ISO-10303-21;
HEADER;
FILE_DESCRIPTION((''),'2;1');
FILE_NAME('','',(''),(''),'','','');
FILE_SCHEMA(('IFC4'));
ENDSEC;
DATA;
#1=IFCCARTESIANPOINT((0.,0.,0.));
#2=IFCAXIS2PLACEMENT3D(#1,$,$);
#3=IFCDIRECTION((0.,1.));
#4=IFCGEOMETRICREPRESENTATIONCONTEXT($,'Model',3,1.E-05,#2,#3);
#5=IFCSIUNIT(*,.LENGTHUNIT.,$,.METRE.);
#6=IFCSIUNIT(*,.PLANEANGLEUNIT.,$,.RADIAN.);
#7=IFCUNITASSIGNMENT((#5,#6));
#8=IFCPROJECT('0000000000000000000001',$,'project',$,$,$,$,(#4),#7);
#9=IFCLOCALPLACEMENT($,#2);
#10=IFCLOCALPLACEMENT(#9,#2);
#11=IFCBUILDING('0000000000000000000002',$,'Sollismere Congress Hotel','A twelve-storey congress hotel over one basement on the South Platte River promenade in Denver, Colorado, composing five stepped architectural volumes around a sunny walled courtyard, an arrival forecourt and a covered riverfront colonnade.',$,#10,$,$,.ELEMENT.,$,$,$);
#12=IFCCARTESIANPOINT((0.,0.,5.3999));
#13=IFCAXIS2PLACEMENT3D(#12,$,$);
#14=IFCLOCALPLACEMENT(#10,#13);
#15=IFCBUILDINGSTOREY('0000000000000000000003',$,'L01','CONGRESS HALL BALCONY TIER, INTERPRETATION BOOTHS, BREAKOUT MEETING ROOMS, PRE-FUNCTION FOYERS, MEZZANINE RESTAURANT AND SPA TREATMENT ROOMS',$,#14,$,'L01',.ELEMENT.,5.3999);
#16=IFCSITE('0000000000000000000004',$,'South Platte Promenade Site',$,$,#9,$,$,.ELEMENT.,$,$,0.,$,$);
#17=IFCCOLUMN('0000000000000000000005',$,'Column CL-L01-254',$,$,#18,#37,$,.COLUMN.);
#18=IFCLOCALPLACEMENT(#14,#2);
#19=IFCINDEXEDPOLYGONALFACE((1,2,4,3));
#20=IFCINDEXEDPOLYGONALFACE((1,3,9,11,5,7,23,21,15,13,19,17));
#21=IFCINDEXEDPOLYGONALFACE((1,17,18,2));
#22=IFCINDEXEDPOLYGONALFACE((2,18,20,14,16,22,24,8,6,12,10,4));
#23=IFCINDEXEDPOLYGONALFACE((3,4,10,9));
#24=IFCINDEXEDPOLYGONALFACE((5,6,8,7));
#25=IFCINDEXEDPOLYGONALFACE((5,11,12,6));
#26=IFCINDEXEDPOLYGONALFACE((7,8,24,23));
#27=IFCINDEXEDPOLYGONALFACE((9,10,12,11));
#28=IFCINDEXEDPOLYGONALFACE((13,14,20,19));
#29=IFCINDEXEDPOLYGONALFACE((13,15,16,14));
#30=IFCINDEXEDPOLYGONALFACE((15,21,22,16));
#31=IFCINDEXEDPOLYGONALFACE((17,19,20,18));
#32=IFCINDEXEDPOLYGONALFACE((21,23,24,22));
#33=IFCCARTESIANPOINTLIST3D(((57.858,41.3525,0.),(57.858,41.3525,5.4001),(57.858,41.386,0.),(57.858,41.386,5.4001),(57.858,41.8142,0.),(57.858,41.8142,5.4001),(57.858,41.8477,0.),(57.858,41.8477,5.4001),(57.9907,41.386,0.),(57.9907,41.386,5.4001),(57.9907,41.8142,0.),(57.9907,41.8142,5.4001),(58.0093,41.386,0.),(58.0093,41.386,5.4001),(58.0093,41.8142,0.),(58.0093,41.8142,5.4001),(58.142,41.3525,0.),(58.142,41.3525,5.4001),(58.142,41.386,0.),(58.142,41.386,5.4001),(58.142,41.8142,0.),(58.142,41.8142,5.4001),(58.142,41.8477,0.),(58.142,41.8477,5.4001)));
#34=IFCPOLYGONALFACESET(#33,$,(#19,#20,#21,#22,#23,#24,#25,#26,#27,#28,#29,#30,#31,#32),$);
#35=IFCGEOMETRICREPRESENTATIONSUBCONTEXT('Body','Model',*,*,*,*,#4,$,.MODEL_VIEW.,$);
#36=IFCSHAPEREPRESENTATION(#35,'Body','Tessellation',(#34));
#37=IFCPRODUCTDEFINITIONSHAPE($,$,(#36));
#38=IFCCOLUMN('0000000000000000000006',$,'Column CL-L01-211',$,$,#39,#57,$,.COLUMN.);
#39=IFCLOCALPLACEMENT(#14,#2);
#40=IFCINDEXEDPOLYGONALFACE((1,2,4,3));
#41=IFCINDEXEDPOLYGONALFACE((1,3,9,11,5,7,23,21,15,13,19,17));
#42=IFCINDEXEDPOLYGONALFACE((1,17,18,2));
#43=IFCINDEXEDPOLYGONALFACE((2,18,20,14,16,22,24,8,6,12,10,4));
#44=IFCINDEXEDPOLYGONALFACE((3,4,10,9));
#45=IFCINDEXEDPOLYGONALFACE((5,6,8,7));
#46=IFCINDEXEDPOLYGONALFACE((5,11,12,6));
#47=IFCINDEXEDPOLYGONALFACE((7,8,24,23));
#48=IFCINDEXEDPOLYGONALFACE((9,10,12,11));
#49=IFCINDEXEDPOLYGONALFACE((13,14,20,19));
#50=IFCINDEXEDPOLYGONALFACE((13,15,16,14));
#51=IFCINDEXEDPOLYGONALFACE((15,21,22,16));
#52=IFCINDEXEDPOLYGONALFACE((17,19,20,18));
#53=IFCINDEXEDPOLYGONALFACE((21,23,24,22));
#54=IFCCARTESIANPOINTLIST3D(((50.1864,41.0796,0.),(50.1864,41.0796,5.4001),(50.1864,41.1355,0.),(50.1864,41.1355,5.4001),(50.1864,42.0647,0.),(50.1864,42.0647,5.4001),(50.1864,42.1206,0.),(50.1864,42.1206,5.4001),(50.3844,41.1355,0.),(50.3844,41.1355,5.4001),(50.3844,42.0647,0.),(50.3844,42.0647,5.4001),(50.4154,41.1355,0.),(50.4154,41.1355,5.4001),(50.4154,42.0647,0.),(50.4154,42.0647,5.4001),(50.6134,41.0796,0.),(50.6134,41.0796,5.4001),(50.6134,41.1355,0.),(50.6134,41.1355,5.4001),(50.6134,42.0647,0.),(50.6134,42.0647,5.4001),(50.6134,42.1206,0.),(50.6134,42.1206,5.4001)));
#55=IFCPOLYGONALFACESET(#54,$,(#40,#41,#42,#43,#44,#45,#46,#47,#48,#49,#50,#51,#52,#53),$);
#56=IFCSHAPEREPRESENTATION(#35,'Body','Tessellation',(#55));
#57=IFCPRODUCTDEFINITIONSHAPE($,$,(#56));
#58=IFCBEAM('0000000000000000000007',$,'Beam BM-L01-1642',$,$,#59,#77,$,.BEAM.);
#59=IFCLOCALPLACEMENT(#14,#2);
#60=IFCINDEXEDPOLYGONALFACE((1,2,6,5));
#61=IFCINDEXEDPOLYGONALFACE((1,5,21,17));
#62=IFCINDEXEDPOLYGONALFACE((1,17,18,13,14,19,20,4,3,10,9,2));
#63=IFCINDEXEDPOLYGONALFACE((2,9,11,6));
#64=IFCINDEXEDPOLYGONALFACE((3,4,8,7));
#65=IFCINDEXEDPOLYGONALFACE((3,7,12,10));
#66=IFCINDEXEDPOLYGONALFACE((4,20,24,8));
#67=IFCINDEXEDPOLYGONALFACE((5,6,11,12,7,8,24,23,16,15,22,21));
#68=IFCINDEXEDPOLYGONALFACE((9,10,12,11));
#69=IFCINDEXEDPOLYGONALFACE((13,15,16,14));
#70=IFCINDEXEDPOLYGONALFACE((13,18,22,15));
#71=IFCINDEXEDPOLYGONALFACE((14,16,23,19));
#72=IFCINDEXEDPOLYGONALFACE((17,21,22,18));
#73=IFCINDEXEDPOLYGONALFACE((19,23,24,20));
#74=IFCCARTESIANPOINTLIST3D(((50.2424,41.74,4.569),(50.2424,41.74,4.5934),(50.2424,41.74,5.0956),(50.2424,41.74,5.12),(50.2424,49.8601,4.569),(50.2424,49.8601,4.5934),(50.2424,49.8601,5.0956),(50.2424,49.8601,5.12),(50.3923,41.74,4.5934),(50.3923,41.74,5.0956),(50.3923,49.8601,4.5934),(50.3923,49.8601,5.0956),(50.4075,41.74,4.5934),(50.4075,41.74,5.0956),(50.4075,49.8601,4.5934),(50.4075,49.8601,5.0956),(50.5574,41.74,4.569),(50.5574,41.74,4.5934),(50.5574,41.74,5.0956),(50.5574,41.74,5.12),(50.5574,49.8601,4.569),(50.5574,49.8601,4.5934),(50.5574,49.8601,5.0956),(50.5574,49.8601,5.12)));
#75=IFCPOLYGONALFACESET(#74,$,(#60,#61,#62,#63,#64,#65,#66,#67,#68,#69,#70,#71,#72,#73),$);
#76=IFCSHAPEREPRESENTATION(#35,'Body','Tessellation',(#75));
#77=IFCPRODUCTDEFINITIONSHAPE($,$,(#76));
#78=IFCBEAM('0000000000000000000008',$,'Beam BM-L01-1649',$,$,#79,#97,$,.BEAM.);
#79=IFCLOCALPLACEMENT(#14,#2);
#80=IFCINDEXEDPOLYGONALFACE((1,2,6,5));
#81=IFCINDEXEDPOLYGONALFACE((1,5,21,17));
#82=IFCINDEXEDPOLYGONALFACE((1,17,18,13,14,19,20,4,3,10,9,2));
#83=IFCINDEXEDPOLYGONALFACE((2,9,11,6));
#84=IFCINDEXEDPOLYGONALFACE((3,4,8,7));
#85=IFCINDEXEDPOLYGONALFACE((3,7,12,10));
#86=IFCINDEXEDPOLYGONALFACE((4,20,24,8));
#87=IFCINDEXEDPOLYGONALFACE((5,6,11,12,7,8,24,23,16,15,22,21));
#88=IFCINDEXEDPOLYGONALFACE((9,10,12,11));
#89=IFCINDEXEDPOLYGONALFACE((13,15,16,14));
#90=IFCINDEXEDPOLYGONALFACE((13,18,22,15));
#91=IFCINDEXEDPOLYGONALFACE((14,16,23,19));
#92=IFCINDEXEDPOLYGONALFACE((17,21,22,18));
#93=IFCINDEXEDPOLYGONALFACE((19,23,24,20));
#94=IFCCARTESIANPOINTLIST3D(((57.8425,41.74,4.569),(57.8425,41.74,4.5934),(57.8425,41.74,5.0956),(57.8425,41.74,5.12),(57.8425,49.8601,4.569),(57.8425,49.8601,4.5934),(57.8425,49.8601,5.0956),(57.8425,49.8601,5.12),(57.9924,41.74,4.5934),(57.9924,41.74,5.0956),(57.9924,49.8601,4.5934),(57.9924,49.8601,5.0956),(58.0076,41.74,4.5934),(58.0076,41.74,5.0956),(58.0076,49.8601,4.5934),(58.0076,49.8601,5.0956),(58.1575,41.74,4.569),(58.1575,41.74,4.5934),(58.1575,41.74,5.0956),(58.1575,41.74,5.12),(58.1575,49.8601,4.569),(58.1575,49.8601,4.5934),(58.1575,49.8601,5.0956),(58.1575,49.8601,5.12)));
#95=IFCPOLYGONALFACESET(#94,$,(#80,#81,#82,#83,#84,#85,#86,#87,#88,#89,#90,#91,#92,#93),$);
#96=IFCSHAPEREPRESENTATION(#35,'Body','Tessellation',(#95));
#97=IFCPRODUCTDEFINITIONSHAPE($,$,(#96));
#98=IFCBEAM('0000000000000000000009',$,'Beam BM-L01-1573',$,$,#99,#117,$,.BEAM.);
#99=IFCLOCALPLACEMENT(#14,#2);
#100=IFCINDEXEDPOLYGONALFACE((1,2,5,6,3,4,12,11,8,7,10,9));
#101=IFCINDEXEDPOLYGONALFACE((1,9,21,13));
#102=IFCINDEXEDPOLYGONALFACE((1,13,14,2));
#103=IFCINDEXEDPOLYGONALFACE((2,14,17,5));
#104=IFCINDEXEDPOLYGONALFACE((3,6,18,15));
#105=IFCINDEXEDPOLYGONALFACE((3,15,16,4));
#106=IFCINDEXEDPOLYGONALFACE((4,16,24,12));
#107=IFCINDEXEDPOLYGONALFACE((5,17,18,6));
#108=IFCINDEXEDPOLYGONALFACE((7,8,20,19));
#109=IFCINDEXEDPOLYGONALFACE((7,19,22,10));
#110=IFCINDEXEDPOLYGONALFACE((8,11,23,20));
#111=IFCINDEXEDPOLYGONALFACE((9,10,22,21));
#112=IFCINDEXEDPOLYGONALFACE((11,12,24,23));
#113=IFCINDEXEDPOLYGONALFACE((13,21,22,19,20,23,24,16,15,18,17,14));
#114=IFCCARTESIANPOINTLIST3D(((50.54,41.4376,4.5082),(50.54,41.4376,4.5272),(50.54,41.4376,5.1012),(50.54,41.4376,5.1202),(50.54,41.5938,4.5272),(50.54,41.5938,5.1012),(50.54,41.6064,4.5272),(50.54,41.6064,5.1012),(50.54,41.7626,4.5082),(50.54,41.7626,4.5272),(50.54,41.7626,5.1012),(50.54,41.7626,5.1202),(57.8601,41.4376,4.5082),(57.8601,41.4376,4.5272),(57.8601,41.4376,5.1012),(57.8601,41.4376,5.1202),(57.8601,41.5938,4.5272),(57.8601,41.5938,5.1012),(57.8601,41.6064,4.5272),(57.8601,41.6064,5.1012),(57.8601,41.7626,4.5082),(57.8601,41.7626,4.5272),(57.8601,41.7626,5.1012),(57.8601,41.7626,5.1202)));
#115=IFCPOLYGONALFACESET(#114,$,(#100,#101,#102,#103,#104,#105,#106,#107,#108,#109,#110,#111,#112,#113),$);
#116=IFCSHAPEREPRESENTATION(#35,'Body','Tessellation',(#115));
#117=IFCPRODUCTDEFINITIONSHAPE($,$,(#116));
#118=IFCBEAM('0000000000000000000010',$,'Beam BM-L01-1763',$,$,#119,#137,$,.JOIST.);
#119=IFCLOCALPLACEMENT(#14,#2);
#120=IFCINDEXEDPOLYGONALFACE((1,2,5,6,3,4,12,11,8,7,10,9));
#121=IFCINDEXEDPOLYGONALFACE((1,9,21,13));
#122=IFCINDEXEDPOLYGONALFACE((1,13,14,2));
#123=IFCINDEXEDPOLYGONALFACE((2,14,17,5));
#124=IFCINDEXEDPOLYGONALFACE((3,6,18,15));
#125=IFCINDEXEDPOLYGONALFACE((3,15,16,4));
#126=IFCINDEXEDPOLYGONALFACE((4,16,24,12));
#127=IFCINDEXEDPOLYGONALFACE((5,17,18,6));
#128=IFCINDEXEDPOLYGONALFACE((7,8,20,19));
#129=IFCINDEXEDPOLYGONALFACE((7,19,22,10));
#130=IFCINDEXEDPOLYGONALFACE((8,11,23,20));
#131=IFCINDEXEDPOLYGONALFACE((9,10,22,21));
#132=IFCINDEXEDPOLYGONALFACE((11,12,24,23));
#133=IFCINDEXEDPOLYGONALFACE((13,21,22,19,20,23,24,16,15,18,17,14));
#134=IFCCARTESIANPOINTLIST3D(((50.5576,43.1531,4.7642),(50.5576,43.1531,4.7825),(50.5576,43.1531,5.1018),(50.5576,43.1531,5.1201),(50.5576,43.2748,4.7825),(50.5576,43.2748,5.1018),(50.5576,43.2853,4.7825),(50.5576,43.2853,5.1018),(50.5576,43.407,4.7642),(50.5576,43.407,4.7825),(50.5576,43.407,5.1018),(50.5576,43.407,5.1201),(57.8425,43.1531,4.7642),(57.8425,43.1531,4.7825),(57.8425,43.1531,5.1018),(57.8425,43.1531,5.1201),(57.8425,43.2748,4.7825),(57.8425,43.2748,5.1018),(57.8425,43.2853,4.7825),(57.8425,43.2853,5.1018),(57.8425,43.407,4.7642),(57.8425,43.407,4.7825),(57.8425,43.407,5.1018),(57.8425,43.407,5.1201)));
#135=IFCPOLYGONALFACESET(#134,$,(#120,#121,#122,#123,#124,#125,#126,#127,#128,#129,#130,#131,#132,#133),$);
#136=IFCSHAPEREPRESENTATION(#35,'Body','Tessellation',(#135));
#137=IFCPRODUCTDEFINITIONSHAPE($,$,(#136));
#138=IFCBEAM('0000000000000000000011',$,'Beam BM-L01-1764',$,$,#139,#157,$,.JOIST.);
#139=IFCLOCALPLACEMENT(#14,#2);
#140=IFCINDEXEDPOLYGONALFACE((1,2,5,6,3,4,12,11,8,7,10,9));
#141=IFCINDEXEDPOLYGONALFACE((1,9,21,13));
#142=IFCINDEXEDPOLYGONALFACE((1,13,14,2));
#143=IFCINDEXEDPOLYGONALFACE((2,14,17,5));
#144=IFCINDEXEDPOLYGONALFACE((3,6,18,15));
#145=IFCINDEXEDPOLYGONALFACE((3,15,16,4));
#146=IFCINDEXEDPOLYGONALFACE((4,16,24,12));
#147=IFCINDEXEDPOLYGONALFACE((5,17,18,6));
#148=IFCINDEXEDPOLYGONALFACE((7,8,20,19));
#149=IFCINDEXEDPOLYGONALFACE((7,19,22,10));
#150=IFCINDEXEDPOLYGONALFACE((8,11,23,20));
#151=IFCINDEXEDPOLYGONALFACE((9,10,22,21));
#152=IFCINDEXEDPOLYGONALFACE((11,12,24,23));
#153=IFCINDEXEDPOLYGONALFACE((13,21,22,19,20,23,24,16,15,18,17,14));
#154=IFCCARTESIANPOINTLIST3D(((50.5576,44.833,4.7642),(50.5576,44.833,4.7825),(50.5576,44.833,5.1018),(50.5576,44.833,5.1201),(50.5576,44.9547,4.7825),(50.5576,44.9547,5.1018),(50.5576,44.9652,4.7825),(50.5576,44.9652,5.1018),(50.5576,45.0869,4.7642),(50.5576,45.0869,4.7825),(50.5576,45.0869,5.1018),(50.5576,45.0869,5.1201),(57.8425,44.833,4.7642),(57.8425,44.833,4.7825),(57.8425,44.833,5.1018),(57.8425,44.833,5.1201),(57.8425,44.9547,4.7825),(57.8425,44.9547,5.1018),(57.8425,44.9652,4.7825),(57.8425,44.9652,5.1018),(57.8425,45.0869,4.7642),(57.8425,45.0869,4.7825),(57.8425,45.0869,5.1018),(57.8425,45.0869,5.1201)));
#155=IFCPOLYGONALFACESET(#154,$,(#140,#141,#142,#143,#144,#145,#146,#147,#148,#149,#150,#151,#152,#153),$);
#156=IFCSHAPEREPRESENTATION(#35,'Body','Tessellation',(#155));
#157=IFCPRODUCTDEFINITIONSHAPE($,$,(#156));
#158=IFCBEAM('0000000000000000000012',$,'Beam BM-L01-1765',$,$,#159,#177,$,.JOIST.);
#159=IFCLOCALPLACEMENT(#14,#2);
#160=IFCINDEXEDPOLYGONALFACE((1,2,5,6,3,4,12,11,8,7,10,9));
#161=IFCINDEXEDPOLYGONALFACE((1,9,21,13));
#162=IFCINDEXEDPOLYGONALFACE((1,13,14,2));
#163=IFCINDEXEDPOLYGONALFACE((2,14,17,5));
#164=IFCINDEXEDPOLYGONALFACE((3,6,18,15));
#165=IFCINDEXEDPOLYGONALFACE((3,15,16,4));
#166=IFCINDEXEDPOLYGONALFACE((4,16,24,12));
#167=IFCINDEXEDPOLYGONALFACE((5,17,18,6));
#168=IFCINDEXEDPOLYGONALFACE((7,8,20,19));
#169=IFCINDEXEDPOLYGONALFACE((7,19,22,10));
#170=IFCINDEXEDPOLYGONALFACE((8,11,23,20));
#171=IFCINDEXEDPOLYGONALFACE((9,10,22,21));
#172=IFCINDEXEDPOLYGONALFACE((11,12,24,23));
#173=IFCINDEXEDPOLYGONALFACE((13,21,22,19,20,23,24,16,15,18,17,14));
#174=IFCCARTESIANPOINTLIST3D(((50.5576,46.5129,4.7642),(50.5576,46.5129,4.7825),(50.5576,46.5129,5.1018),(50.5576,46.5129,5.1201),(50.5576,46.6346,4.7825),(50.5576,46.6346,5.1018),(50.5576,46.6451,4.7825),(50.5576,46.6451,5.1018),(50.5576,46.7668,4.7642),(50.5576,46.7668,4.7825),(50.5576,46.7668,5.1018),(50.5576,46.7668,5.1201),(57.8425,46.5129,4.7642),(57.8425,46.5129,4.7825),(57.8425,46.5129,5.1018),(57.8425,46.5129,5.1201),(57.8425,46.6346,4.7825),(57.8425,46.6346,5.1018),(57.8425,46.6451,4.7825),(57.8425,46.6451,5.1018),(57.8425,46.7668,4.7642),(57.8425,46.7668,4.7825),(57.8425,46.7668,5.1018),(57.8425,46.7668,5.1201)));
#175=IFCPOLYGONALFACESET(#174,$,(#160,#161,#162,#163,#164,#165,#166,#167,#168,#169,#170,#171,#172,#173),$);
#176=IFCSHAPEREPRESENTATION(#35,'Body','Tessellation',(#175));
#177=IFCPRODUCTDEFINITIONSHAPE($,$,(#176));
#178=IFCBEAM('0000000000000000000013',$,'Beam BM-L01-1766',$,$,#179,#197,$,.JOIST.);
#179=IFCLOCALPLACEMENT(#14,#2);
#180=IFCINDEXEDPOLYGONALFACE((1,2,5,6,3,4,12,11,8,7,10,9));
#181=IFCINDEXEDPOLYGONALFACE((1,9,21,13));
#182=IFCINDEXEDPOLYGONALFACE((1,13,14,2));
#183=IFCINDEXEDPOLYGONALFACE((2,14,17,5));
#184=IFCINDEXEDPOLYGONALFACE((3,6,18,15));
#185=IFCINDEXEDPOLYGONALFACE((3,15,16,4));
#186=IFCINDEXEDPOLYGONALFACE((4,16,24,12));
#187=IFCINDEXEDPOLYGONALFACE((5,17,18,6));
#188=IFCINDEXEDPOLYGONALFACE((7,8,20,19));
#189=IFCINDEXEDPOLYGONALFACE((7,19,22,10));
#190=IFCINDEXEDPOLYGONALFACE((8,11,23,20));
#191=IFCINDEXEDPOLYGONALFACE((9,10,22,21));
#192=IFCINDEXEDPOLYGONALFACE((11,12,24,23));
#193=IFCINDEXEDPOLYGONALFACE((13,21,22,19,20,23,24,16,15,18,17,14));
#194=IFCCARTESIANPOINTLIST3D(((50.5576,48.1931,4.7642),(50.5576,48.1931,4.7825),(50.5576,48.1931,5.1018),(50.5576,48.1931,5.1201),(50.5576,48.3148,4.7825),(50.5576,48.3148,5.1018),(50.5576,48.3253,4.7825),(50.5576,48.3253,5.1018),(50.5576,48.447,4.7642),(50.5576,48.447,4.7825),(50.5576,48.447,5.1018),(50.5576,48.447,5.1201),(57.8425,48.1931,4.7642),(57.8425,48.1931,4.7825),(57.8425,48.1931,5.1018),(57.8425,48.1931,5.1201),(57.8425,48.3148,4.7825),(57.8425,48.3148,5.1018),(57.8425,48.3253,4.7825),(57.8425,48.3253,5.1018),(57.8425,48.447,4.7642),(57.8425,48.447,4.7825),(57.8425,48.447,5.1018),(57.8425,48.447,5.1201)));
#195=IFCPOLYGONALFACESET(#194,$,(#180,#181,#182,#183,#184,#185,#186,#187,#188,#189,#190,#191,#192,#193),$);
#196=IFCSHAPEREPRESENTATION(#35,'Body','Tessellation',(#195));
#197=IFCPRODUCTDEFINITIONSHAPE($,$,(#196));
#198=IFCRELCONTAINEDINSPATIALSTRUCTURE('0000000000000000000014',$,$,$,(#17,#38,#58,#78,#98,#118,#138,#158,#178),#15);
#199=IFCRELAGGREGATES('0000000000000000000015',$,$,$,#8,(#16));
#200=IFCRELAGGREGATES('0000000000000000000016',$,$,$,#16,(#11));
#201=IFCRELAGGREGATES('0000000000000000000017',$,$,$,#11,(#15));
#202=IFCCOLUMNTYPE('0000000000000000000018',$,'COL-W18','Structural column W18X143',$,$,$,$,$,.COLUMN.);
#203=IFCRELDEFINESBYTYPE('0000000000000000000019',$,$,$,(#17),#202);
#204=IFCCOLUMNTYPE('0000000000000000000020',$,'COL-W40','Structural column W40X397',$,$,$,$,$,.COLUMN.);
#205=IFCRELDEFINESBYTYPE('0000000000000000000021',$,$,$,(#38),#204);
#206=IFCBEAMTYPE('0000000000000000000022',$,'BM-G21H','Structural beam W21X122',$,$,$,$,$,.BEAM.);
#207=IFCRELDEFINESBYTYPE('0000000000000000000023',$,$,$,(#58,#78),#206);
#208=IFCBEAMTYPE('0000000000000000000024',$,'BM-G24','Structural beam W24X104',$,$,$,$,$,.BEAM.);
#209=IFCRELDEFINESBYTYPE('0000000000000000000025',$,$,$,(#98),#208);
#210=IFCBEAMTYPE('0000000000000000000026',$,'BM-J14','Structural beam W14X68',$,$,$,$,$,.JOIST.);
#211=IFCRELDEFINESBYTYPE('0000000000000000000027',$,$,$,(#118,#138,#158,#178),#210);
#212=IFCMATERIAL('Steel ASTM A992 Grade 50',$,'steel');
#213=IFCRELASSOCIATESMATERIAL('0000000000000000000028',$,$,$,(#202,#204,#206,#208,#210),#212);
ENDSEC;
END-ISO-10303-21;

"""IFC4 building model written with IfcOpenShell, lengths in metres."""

from ifc_helpers import new_model, si_unit, direction, frame, origin, origin_2d, place, context, subcontext, project, spatial, i_section, extrude, material, material_profile, profile_set, type_object, element, save


model = new_model("IFC4")

# Units and contexts
model_context = context("Model", 3, precision=1e-05, world=origin(), true_north=direction((0.0, 1.0)))
body_context = subcontext(model_context, "Body", "Model", "MODEL_VIEW")
ifc_project = project(units=[si_unit("LENGTHUNIT", "METRE"), si_unit("PLANEANGLEUNIT", "RADIAN")], contexts=[model_context])

# Site, building, storey
site_placement = place(None, origin())
site = spatial("IfcSite", under=ifc_project, at=site_placement, Name="South Platte Promenade Site", CompositionType="ELEMENT", RefElevation=0.0)
building_placement = place(site_placement, origin())
building = spatial("IfcBuilding", under=site, at=building_placement, Name="Sollismere Congress Hotel", Description="A twelve-storey congress hotel over one basement on the South Platte River promenade in Denver, Colorado, composing five stepped architectural volumes around a sunny walled courtyard, an arrival forecourt and a covered riverfront colonnade.", CompositionType="ELEMENT")
storey_placement = place(building_placement, frame((0.0, 0.0, 5.3999)))
storey = spatial("IfcBuildingStorey", under=building, at=storey_placement, Name="L01", Description="CONGRESS HALL BALCONY TIER, INTERPRETATION BOOTHS, BREAKOUT MEETING ROOMS, PRE-FUNCTION FOYERS, MEZZANINE RESTAURANT AND SPA TREATMENT ROOMS", LongName="L01", CompositionType="ELEMENT", Elevation=5.3999)

# Columns
ifc_material_1 = material(Name="Steel ASTM A992 Grade 50", Category="steel")
ifc_material_profile_1 = material_profile(ifc_material_1, i_section(OverallWidth=0.2839, OverallDepth=0.4951, WebThickness=0.0186, FlangeThickness=0.0334, at=origin_2d()), Name="W18X143")
ifc_profile_set_1 = profile_set([ifc_material_profile_1], Name="Steel ASTM A992 Grade 50")
column_type_1 = type_object("IfcColumnType", Name="COL-W18", Description="Structural column W18X143", PredefinedType="COLUMN", material=ifc_profile_set_1)
column_1_placement = place(storey_placement, frame((58.0, 41.6001, 0.0), z_axis=(0.0, 0.0, 1.0), x_axis=(1.0, 0.0, 0.0)))
element("IfcColumn", 1, at=column_1_placement, inside=storey, type_object=column_type_1, Name="Column CL-L01-254", PredefinedType="COLUMN", context=body_context, shape_type="SweptSolid", body=[
    extrude(i_section(OverallWidth=0.2839, OverallDepth=0.4951, WebThickness=0.0186, FlangeThickness=0.0334, at=origin_2d()), origin(), (0.0, 0.0, 1.0), 5.4001),
])
ifc_material_profile_2 = material_profile(ifc_material_1, i_section(OverallWidth=0.427, OverallDepth=1.041, WebThickness=0.031, FlangeThickness=0.0559, at=origin_2d()), Name="W40X397")
ifc_profile_set_2 = profile_set([ifc_material_profile_2], Name="Steel ASTM A992 Grade 50")
column_type_2 = type_object("IfcColumnType", Name="COL-W40", Description="Structural column W40X397", PredefinedType="COLUMN", material=ifc_profile_set_2)
column_2_placement = place(storey_placement, frame((50.3999, 41.6001, 0.0), z_axis=(0.0, 0.0, 1.0), x_axis=(1.0, 0.0, 0.0)))
element("IfcColumn", 2, at=column_2_placement, inside=storey, type_object=column_type_2, Name="Column CL-L01-211", PredefinedType="COLUMN", context=body_context, shape_type="SweptSolid", body=[
    extrude(i_section(OverallWidth=0.427, OverallDepth=1.041, WebThickness=0.031, FlangeThickness=0.0559, at=origin_2d()), origin(), (0.0, 0.0, 1.0), 5.4001),
])

# Beams
ifc_material_profile_3 = material_profile(ifc_material_1, i_section(OverallWidth=0.3149, OverallDepth=0.551, WebThickness=0.0151, FlangeThickness=0.0244, at=origin_2d()), Name="W21X122")
ifc_profile_set_3 = profile_set([ifc_material_profile_3], Name="Steel ASTM A992 Grade 50")
beam_type_1 = type_object("IfcBeamType", Name="BM-G21H", Description="Structural beam W21X122", PredefinedType="BEAM", material=ifc_profile_set_3)
for number, where, z_axis, x_axis, name in (
    (3, (50.3999, 41.74, 4.8445), (0.0, 1.0, 0.0), (-1.0, 0.0, 0.0), "Beam BM-L01-1642"),
    (4, (58.0, 41.74, 4.8445), (0.0, 1.0, 0.0), (-1.0, 0.0, 0.0), "Beam BM-L01-1649"),
):
    element("IfcBeam", number, at=place(storey_placement, frame(where, z_axis=z_axis, x_axis=x_axis)), inside=storey, type_object=beam_type_1, Name=name, PredefinedType="BEAM", context=body_context, shape_type="SweptSolid", body=[
        extrude(i_section(OverallWidth=0.3149, OverallDepth=0.551, WebThickness=0.0151, FlangeThickness=0.0244, at=origin_2d()), origin(), (0.0, 0.0, 1.0), 8.1201),
    ])
ifc_material_profile_4 = material_profile(ifc_material_1, i_section(OverallWidth=0.325, OverallDepth=0.6121, WebThickness=0.0127, FlangeThickness=0.019, at=origin_2d()), Name="W24X104")
ifc_profile_set_4 = profile_set([ifc_material_profile_4], Name="Steel ASTM A992 Grade 50")
beam_type_2 = type_object("IfcBeamType", Name="BM-G24", Description="Structural beam W24X104", PredefinedType="BEAM", material=ifc_profile_set_4)
beam_placement = place(storey_placement, frame((50.54, 41.6001, 4.8142), z_axis=(1.0, 0.0, 0.0), x_axis=(0.0, 1.0, 0.0)))
element("IfcBeam", 5, at=beam_placement, inside=storey, type_object=beam_type_2, Name="Beam BM-L01-1573", PredefinedType="BEAM", context=body_context, shape_type="SweptSolid", body=[
    extrude(i_section(OverallWidth=0.325, OverallDepth=0.6121, WebThickness=0.0127, FlangeThickness=0.019, at=origin_2d()), origin(), (0.0, 0.0, 1.0), 7.3201),
])
ifc_material_profile_5 = material_profile(ifc_material_1, i_section(OverallWidth=0.2539, OverallDepth=0.356, WebThickness=0.0105, FlangeThickness=0.0183, at=origin_2d()), Name="W14X68")
ifc_profile_set_5 = profile_set([ifc_material_profile_5], Name="Steel ASTM A992 Grade 50")
beam_type_3 = type_object("IfcBeamType", Name="BM-J14", Description="Structural beam W14X68", PredefinedType="JOIST", material=ifc_profile_set_5)
for number, where, z_axis, x_axis, name in (
    (6, (50.5576, 43.28, 4.9421), (1.0, 0.0, 0.0), (0.0, 1.0, 0.0), "Beam BM-L01-1763"),
    (7, (50.5576, 44.96, 4.9421), (1.0, 0.0, 0.0), (0.0, 1.0, 0.0), "Beam BM-L01-1764"),
    (8, (50.5576, 46.6399, 4.9421), (1.0, 0.0, 0.0), (0.0, 1.0, 0.0), "Beam BM-L01-1765"),
    (9, (50.5576, 48.3201, 4.9421), (1.0, 0.0, 0.0), (0.0, 1.0, 0.0), "Beam BM-L01-1766"),
):
    element("IfcBeam", number, at=place(storey_placement, frame(where, z_axis=z_axis, x_axis=x_axis)), inside=storey, type_object=beam_type_3, Name=name, PredefinedType="JOIST", context=body_context, shape_type="SweptSolid", body=[
        extrude(i_section(OverallWidth=0.2539, OverallDepth=0.356, WebThickness=0.0105, FlangeThickness=0.0183, at=origin_2d()), origin(), (0.0, 0.0, 1.0), 7.2849),
    ])

save(model, "model.ifc")
